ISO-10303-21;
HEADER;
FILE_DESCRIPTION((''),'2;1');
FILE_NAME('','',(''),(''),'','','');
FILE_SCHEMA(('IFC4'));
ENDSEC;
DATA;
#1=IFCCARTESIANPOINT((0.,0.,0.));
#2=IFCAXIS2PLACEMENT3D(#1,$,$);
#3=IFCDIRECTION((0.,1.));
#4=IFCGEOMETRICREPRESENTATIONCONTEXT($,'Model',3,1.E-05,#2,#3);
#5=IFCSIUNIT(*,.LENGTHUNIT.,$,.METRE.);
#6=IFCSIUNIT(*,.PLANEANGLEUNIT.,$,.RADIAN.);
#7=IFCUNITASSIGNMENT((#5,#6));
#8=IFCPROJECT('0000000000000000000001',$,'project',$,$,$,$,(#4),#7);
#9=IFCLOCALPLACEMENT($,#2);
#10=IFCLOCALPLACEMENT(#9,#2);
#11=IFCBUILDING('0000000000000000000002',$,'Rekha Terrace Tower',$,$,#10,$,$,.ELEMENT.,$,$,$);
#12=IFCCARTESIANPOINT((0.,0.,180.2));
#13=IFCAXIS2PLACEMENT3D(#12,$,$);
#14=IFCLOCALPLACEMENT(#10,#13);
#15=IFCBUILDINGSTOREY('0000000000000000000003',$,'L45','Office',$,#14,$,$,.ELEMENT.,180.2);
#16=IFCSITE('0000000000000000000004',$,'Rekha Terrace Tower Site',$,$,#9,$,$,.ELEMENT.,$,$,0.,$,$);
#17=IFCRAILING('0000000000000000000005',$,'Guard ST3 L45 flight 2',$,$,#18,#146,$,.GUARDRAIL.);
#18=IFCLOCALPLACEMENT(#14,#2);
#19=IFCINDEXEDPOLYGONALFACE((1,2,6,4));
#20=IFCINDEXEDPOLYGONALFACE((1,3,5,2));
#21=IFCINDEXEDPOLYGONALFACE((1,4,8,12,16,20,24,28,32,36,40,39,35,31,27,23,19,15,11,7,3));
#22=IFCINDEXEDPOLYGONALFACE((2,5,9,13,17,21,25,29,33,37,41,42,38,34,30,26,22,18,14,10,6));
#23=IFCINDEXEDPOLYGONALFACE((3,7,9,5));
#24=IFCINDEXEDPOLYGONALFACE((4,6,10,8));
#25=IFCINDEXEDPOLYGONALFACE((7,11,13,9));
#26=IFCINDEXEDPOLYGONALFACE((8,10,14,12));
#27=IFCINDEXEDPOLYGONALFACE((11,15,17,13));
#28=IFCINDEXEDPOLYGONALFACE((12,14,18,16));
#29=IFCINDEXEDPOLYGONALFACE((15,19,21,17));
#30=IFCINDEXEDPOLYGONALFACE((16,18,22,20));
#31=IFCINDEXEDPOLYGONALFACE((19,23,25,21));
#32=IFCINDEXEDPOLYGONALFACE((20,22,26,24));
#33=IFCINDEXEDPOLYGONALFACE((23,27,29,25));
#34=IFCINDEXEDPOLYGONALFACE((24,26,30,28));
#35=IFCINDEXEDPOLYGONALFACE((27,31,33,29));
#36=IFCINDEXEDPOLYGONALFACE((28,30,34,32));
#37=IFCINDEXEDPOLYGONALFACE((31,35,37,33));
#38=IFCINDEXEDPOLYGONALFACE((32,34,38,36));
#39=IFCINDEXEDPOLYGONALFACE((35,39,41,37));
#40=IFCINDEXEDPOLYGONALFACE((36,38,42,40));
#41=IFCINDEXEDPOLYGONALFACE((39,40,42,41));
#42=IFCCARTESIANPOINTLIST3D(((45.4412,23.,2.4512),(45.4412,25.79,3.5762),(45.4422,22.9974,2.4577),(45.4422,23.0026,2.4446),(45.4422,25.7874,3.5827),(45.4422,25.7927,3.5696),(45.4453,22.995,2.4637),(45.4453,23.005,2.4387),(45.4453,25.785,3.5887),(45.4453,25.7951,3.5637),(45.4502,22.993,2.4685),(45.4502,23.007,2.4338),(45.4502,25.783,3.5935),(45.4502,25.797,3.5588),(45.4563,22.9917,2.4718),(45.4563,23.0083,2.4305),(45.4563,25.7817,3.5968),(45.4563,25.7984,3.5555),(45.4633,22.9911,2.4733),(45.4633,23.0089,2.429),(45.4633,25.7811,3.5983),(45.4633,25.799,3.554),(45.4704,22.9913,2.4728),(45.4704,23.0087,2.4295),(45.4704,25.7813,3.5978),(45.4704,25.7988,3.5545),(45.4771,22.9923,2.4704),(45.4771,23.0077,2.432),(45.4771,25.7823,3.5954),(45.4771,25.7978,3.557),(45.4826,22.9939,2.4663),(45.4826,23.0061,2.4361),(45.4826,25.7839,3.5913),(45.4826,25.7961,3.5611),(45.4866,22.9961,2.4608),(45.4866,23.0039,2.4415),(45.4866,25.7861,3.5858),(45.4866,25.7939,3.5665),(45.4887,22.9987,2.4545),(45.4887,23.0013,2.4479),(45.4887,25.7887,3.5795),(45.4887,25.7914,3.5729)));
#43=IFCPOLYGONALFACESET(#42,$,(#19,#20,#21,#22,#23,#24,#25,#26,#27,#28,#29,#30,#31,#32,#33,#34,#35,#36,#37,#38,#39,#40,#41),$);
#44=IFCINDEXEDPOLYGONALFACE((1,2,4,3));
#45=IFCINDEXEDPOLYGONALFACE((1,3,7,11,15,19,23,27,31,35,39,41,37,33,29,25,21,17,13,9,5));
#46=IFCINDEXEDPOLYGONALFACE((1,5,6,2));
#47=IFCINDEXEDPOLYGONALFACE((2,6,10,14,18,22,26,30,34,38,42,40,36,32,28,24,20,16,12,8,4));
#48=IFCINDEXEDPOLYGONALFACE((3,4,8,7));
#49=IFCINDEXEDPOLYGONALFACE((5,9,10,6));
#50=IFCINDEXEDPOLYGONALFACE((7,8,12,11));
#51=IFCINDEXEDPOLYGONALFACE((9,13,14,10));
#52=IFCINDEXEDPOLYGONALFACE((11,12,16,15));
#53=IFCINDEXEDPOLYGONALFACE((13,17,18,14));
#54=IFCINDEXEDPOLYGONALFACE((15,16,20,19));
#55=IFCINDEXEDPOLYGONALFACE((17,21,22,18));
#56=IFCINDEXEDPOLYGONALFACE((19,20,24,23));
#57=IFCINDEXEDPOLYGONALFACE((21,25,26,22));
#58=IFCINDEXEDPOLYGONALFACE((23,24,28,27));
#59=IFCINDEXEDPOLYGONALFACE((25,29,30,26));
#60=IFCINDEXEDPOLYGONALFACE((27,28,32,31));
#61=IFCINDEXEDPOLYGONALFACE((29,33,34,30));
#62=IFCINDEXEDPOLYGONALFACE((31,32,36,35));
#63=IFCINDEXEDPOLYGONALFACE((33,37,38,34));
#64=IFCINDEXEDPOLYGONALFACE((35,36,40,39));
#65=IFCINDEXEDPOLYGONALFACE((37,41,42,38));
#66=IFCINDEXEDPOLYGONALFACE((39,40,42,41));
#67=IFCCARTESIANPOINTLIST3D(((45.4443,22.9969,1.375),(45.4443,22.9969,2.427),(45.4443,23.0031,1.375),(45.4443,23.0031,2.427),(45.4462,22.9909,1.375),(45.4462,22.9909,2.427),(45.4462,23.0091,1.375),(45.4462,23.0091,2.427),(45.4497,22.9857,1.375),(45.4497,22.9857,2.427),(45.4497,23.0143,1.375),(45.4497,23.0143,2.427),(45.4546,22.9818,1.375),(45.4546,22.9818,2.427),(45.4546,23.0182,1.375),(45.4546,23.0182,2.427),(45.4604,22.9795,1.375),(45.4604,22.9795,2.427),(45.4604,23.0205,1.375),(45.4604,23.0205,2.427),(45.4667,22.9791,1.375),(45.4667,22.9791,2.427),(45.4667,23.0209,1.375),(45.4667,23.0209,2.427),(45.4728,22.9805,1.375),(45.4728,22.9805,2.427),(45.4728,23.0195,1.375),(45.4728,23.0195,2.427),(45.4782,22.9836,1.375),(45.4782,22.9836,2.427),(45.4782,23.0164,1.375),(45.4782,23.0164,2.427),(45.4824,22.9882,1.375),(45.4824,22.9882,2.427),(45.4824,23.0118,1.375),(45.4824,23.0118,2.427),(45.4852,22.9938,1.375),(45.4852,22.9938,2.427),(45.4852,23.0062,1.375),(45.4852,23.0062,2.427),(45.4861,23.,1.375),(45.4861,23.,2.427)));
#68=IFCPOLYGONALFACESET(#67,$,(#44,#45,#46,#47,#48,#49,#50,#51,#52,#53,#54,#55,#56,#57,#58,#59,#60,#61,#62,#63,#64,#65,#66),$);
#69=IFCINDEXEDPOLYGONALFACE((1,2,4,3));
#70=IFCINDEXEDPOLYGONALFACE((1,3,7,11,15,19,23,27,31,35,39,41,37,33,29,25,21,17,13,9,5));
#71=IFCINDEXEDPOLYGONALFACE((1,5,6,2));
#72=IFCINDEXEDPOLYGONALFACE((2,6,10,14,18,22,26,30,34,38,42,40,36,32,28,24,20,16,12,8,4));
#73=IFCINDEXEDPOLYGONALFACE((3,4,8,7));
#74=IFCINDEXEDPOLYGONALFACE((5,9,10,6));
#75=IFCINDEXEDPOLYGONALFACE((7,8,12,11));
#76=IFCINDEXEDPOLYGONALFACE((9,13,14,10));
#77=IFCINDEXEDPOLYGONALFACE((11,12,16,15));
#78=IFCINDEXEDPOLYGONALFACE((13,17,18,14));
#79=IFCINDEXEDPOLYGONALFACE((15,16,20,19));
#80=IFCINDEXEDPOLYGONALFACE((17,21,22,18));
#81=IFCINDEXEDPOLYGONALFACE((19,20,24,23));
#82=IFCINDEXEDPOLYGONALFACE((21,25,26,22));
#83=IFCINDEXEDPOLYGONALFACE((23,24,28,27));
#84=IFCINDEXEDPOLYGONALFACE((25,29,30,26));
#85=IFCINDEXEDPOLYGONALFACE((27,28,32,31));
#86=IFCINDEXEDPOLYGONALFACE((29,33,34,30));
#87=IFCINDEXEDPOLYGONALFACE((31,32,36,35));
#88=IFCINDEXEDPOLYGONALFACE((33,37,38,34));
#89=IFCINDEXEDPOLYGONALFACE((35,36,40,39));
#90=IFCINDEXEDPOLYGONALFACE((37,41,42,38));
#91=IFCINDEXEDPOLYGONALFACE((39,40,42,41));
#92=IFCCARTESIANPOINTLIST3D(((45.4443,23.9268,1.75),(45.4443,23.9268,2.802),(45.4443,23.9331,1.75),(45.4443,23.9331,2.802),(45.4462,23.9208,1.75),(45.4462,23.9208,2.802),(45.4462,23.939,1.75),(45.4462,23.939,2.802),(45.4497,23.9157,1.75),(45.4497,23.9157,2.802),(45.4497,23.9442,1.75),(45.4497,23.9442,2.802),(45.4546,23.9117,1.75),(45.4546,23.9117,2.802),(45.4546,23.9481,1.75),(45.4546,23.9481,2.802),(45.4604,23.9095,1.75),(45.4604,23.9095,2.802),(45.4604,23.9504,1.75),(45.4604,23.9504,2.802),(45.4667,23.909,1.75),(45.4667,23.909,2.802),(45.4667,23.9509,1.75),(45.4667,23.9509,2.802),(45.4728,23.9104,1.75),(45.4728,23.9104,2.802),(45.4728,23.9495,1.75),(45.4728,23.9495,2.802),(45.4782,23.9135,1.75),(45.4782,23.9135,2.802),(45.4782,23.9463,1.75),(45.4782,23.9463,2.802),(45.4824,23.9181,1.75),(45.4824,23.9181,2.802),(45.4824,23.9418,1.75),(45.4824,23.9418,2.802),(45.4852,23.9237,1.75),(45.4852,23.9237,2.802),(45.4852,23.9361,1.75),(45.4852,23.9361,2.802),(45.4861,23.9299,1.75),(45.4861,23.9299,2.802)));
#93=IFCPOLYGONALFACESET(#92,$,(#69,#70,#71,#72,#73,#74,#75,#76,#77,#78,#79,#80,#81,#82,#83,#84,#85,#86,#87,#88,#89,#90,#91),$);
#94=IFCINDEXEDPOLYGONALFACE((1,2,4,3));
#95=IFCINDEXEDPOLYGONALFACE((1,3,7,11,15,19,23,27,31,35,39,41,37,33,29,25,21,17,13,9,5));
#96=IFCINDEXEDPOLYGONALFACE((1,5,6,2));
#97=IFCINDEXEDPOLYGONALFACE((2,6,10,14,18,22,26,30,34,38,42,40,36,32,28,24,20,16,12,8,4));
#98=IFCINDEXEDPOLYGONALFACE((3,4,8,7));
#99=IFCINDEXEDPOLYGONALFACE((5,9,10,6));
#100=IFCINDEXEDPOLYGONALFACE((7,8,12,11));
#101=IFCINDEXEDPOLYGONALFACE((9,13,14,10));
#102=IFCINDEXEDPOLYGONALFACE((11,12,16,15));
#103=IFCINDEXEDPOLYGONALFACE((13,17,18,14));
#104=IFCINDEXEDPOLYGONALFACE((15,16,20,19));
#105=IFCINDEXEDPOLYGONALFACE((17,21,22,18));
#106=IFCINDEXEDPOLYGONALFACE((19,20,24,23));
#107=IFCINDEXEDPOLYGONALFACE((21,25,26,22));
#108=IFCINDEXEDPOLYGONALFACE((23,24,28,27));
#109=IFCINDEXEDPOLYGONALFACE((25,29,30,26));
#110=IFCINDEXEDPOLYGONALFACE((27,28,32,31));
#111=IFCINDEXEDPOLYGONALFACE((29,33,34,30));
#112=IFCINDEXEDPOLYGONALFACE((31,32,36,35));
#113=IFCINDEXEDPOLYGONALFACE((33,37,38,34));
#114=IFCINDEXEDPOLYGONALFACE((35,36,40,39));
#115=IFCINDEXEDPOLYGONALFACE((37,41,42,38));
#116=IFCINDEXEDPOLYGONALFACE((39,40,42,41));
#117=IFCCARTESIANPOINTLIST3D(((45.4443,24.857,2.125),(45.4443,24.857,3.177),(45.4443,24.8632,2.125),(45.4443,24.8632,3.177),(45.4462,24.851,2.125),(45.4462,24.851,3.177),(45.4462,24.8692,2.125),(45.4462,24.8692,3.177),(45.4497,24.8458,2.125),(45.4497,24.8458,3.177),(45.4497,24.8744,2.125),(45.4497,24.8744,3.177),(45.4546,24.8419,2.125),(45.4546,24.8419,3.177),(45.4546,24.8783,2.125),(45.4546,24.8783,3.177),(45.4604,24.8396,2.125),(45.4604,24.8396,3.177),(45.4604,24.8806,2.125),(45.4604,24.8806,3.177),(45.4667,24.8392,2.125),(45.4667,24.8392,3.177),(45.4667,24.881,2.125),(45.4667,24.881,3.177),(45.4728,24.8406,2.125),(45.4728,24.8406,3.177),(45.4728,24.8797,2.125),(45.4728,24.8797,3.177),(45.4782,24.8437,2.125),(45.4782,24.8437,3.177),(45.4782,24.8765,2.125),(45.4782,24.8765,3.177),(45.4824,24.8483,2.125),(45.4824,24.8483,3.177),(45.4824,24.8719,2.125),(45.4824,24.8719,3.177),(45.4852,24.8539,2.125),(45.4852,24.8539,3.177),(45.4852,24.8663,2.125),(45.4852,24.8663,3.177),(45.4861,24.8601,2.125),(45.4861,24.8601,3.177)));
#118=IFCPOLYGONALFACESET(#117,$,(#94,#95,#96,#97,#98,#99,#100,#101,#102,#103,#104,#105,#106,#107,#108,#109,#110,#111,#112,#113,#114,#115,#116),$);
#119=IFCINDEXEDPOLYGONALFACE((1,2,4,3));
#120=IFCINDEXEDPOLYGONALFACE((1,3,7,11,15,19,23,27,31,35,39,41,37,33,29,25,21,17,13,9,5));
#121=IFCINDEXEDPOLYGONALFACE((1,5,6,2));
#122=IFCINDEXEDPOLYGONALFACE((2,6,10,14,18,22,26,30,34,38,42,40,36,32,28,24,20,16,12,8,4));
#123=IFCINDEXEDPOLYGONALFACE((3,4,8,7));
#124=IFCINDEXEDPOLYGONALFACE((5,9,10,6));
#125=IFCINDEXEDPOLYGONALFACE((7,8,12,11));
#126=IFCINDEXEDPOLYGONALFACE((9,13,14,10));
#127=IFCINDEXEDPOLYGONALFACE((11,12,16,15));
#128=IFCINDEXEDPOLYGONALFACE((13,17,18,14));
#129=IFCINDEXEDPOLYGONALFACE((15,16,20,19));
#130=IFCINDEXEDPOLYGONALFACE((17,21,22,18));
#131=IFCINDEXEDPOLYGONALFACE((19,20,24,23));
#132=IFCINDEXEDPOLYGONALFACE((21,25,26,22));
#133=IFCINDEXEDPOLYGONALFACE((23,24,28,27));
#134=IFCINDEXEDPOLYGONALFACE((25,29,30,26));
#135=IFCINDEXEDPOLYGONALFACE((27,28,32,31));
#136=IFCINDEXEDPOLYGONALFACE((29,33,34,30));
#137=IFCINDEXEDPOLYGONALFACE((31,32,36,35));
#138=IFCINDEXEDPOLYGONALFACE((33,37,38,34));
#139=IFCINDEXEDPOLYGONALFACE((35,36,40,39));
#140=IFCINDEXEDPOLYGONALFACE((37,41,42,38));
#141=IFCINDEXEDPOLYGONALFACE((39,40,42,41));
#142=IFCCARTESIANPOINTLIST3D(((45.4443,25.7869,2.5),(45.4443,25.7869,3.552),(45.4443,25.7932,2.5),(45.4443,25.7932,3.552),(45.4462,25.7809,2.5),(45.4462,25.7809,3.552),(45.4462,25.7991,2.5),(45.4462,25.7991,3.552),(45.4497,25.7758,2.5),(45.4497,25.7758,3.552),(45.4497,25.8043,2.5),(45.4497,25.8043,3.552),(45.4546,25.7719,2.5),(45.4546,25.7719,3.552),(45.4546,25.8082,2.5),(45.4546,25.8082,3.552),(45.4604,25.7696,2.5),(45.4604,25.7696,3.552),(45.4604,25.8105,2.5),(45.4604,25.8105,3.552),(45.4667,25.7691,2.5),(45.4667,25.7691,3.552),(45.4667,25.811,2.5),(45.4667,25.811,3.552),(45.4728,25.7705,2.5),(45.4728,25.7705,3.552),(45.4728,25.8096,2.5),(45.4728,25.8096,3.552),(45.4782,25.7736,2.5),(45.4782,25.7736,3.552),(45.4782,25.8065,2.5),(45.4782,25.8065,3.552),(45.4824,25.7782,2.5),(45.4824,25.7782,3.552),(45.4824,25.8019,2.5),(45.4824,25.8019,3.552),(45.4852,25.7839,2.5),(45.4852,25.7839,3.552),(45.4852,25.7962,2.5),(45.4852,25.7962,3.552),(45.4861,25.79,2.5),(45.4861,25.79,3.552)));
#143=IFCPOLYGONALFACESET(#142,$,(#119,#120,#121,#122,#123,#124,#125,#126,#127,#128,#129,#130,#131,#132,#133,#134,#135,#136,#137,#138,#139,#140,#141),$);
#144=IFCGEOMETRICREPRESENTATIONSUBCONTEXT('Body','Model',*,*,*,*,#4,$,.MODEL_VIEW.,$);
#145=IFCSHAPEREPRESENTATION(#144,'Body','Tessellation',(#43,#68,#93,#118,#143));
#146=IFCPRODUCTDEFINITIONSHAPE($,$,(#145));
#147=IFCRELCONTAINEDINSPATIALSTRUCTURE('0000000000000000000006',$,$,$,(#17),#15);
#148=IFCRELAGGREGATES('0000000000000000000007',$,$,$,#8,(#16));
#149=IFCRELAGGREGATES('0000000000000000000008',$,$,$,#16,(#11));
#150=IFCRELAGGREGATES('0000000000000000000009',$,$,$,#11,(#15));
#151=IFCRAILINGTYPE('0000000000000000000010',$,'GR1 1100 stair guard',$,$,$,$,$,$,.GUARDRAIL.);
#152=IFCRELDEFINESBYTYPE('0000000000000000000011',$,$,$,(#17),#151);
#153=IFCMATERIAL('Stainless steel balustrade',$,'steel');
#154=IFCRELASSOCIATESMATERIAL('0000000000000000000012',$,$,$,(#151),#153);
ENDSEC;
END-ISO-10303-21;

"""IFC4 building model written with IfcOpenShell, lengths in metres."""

from ifc_helpers import new_model, si_unit, direction, frame, origin, origin_2d, place, context, subcontext, project, spatial, circle, extrude, material, type_object, element, save


model = new_model("IFC4")

# Units and contexts
model_context = context("Model", 3, precision=1e-05, world=origin(), true_north=direction((0.0, 1.0)))
body_context = subcontext(model_context, "Body", "Model", "MODEL_VIEW")
ifc_project = project(units=[si_unit("LENGTHUNIT", "METRE"), si_unit("PLANEANGLEUNIT", "RADIAN")], contexts=[model_context])

# Site, building, storey
site_placement = place(None, origin())
site = spatial("IfcSite", under=ifc_project, at=site_placement, Name="Rekha Terrace Tower Site", CompositionType="ELEMENT", RefElevation=0.0)
building_placement = place(site_placement, origin())
building = spatial("IfcBuilding", under=site, at=building_placement, Name="Rekha Terrace Tower", CompositionType="ELEMENT")
storey_placement = place(building_placement, frame((0.0, 0.0, 180.2)))
storey = spatial("IfcBuildingStorey", under=building, at=storey_placement, Name="L45", Description="Office", CompositionType="ELEMENT", Elevation=180.2)

# Railing
ifc_material_1 = material(Name="Stainless steel balustrade", Category="steel")
railing_type_1 = type_object("IfcRailingType", Name="GR1 1100 stair guard", PredefinedType="GUARDRAIL", material=ifc_material_1)
railing_1_placement = place(storey_placement, frame((45.4651, 23.0, 1.375)))
element("IfcRailing", 1, at=railing_1_placement, inside=storey, type_object=railing_type_1, Name="Guard ST3 L45 flight 2", PredefinedType="GUARDRAIL", context=body_context, shape_type="SweptSolid", body=[
    extrude(circle(Radius=0.0239, at=origin_2d()), frame((0.0, 0.0, 1.0762), z_axis=(0.0, 0.927443, 0.373964), x_axis=(-1.0, 0.0, 0.0)), (0.0, 0.0, 1.0), 3.0083),
    extrude(circle(Radius=0.021, at=origin_2d()), origin(), (0.0, 0.0, 1.0), 1.052),
    extrude(circle(Radius=0.021, at=origin_2d()), frame((0.0, 0.9299, 0.375)), (0.0, 0.0, 1.0), 1.052),
    extrude(circle(Radius=0.021, at=origin_2d()), frame((0.0, 1.8601, 0.75)), (0.0, 0.0, 1.0), 1.052),
    extrude(circle(Radius=0.021, at=origin_2d()), frame((0.0, 2.79, 1.125)), (0.0, 0.0, 1.0), 1.052),
])

save(model, "model.ifc")
